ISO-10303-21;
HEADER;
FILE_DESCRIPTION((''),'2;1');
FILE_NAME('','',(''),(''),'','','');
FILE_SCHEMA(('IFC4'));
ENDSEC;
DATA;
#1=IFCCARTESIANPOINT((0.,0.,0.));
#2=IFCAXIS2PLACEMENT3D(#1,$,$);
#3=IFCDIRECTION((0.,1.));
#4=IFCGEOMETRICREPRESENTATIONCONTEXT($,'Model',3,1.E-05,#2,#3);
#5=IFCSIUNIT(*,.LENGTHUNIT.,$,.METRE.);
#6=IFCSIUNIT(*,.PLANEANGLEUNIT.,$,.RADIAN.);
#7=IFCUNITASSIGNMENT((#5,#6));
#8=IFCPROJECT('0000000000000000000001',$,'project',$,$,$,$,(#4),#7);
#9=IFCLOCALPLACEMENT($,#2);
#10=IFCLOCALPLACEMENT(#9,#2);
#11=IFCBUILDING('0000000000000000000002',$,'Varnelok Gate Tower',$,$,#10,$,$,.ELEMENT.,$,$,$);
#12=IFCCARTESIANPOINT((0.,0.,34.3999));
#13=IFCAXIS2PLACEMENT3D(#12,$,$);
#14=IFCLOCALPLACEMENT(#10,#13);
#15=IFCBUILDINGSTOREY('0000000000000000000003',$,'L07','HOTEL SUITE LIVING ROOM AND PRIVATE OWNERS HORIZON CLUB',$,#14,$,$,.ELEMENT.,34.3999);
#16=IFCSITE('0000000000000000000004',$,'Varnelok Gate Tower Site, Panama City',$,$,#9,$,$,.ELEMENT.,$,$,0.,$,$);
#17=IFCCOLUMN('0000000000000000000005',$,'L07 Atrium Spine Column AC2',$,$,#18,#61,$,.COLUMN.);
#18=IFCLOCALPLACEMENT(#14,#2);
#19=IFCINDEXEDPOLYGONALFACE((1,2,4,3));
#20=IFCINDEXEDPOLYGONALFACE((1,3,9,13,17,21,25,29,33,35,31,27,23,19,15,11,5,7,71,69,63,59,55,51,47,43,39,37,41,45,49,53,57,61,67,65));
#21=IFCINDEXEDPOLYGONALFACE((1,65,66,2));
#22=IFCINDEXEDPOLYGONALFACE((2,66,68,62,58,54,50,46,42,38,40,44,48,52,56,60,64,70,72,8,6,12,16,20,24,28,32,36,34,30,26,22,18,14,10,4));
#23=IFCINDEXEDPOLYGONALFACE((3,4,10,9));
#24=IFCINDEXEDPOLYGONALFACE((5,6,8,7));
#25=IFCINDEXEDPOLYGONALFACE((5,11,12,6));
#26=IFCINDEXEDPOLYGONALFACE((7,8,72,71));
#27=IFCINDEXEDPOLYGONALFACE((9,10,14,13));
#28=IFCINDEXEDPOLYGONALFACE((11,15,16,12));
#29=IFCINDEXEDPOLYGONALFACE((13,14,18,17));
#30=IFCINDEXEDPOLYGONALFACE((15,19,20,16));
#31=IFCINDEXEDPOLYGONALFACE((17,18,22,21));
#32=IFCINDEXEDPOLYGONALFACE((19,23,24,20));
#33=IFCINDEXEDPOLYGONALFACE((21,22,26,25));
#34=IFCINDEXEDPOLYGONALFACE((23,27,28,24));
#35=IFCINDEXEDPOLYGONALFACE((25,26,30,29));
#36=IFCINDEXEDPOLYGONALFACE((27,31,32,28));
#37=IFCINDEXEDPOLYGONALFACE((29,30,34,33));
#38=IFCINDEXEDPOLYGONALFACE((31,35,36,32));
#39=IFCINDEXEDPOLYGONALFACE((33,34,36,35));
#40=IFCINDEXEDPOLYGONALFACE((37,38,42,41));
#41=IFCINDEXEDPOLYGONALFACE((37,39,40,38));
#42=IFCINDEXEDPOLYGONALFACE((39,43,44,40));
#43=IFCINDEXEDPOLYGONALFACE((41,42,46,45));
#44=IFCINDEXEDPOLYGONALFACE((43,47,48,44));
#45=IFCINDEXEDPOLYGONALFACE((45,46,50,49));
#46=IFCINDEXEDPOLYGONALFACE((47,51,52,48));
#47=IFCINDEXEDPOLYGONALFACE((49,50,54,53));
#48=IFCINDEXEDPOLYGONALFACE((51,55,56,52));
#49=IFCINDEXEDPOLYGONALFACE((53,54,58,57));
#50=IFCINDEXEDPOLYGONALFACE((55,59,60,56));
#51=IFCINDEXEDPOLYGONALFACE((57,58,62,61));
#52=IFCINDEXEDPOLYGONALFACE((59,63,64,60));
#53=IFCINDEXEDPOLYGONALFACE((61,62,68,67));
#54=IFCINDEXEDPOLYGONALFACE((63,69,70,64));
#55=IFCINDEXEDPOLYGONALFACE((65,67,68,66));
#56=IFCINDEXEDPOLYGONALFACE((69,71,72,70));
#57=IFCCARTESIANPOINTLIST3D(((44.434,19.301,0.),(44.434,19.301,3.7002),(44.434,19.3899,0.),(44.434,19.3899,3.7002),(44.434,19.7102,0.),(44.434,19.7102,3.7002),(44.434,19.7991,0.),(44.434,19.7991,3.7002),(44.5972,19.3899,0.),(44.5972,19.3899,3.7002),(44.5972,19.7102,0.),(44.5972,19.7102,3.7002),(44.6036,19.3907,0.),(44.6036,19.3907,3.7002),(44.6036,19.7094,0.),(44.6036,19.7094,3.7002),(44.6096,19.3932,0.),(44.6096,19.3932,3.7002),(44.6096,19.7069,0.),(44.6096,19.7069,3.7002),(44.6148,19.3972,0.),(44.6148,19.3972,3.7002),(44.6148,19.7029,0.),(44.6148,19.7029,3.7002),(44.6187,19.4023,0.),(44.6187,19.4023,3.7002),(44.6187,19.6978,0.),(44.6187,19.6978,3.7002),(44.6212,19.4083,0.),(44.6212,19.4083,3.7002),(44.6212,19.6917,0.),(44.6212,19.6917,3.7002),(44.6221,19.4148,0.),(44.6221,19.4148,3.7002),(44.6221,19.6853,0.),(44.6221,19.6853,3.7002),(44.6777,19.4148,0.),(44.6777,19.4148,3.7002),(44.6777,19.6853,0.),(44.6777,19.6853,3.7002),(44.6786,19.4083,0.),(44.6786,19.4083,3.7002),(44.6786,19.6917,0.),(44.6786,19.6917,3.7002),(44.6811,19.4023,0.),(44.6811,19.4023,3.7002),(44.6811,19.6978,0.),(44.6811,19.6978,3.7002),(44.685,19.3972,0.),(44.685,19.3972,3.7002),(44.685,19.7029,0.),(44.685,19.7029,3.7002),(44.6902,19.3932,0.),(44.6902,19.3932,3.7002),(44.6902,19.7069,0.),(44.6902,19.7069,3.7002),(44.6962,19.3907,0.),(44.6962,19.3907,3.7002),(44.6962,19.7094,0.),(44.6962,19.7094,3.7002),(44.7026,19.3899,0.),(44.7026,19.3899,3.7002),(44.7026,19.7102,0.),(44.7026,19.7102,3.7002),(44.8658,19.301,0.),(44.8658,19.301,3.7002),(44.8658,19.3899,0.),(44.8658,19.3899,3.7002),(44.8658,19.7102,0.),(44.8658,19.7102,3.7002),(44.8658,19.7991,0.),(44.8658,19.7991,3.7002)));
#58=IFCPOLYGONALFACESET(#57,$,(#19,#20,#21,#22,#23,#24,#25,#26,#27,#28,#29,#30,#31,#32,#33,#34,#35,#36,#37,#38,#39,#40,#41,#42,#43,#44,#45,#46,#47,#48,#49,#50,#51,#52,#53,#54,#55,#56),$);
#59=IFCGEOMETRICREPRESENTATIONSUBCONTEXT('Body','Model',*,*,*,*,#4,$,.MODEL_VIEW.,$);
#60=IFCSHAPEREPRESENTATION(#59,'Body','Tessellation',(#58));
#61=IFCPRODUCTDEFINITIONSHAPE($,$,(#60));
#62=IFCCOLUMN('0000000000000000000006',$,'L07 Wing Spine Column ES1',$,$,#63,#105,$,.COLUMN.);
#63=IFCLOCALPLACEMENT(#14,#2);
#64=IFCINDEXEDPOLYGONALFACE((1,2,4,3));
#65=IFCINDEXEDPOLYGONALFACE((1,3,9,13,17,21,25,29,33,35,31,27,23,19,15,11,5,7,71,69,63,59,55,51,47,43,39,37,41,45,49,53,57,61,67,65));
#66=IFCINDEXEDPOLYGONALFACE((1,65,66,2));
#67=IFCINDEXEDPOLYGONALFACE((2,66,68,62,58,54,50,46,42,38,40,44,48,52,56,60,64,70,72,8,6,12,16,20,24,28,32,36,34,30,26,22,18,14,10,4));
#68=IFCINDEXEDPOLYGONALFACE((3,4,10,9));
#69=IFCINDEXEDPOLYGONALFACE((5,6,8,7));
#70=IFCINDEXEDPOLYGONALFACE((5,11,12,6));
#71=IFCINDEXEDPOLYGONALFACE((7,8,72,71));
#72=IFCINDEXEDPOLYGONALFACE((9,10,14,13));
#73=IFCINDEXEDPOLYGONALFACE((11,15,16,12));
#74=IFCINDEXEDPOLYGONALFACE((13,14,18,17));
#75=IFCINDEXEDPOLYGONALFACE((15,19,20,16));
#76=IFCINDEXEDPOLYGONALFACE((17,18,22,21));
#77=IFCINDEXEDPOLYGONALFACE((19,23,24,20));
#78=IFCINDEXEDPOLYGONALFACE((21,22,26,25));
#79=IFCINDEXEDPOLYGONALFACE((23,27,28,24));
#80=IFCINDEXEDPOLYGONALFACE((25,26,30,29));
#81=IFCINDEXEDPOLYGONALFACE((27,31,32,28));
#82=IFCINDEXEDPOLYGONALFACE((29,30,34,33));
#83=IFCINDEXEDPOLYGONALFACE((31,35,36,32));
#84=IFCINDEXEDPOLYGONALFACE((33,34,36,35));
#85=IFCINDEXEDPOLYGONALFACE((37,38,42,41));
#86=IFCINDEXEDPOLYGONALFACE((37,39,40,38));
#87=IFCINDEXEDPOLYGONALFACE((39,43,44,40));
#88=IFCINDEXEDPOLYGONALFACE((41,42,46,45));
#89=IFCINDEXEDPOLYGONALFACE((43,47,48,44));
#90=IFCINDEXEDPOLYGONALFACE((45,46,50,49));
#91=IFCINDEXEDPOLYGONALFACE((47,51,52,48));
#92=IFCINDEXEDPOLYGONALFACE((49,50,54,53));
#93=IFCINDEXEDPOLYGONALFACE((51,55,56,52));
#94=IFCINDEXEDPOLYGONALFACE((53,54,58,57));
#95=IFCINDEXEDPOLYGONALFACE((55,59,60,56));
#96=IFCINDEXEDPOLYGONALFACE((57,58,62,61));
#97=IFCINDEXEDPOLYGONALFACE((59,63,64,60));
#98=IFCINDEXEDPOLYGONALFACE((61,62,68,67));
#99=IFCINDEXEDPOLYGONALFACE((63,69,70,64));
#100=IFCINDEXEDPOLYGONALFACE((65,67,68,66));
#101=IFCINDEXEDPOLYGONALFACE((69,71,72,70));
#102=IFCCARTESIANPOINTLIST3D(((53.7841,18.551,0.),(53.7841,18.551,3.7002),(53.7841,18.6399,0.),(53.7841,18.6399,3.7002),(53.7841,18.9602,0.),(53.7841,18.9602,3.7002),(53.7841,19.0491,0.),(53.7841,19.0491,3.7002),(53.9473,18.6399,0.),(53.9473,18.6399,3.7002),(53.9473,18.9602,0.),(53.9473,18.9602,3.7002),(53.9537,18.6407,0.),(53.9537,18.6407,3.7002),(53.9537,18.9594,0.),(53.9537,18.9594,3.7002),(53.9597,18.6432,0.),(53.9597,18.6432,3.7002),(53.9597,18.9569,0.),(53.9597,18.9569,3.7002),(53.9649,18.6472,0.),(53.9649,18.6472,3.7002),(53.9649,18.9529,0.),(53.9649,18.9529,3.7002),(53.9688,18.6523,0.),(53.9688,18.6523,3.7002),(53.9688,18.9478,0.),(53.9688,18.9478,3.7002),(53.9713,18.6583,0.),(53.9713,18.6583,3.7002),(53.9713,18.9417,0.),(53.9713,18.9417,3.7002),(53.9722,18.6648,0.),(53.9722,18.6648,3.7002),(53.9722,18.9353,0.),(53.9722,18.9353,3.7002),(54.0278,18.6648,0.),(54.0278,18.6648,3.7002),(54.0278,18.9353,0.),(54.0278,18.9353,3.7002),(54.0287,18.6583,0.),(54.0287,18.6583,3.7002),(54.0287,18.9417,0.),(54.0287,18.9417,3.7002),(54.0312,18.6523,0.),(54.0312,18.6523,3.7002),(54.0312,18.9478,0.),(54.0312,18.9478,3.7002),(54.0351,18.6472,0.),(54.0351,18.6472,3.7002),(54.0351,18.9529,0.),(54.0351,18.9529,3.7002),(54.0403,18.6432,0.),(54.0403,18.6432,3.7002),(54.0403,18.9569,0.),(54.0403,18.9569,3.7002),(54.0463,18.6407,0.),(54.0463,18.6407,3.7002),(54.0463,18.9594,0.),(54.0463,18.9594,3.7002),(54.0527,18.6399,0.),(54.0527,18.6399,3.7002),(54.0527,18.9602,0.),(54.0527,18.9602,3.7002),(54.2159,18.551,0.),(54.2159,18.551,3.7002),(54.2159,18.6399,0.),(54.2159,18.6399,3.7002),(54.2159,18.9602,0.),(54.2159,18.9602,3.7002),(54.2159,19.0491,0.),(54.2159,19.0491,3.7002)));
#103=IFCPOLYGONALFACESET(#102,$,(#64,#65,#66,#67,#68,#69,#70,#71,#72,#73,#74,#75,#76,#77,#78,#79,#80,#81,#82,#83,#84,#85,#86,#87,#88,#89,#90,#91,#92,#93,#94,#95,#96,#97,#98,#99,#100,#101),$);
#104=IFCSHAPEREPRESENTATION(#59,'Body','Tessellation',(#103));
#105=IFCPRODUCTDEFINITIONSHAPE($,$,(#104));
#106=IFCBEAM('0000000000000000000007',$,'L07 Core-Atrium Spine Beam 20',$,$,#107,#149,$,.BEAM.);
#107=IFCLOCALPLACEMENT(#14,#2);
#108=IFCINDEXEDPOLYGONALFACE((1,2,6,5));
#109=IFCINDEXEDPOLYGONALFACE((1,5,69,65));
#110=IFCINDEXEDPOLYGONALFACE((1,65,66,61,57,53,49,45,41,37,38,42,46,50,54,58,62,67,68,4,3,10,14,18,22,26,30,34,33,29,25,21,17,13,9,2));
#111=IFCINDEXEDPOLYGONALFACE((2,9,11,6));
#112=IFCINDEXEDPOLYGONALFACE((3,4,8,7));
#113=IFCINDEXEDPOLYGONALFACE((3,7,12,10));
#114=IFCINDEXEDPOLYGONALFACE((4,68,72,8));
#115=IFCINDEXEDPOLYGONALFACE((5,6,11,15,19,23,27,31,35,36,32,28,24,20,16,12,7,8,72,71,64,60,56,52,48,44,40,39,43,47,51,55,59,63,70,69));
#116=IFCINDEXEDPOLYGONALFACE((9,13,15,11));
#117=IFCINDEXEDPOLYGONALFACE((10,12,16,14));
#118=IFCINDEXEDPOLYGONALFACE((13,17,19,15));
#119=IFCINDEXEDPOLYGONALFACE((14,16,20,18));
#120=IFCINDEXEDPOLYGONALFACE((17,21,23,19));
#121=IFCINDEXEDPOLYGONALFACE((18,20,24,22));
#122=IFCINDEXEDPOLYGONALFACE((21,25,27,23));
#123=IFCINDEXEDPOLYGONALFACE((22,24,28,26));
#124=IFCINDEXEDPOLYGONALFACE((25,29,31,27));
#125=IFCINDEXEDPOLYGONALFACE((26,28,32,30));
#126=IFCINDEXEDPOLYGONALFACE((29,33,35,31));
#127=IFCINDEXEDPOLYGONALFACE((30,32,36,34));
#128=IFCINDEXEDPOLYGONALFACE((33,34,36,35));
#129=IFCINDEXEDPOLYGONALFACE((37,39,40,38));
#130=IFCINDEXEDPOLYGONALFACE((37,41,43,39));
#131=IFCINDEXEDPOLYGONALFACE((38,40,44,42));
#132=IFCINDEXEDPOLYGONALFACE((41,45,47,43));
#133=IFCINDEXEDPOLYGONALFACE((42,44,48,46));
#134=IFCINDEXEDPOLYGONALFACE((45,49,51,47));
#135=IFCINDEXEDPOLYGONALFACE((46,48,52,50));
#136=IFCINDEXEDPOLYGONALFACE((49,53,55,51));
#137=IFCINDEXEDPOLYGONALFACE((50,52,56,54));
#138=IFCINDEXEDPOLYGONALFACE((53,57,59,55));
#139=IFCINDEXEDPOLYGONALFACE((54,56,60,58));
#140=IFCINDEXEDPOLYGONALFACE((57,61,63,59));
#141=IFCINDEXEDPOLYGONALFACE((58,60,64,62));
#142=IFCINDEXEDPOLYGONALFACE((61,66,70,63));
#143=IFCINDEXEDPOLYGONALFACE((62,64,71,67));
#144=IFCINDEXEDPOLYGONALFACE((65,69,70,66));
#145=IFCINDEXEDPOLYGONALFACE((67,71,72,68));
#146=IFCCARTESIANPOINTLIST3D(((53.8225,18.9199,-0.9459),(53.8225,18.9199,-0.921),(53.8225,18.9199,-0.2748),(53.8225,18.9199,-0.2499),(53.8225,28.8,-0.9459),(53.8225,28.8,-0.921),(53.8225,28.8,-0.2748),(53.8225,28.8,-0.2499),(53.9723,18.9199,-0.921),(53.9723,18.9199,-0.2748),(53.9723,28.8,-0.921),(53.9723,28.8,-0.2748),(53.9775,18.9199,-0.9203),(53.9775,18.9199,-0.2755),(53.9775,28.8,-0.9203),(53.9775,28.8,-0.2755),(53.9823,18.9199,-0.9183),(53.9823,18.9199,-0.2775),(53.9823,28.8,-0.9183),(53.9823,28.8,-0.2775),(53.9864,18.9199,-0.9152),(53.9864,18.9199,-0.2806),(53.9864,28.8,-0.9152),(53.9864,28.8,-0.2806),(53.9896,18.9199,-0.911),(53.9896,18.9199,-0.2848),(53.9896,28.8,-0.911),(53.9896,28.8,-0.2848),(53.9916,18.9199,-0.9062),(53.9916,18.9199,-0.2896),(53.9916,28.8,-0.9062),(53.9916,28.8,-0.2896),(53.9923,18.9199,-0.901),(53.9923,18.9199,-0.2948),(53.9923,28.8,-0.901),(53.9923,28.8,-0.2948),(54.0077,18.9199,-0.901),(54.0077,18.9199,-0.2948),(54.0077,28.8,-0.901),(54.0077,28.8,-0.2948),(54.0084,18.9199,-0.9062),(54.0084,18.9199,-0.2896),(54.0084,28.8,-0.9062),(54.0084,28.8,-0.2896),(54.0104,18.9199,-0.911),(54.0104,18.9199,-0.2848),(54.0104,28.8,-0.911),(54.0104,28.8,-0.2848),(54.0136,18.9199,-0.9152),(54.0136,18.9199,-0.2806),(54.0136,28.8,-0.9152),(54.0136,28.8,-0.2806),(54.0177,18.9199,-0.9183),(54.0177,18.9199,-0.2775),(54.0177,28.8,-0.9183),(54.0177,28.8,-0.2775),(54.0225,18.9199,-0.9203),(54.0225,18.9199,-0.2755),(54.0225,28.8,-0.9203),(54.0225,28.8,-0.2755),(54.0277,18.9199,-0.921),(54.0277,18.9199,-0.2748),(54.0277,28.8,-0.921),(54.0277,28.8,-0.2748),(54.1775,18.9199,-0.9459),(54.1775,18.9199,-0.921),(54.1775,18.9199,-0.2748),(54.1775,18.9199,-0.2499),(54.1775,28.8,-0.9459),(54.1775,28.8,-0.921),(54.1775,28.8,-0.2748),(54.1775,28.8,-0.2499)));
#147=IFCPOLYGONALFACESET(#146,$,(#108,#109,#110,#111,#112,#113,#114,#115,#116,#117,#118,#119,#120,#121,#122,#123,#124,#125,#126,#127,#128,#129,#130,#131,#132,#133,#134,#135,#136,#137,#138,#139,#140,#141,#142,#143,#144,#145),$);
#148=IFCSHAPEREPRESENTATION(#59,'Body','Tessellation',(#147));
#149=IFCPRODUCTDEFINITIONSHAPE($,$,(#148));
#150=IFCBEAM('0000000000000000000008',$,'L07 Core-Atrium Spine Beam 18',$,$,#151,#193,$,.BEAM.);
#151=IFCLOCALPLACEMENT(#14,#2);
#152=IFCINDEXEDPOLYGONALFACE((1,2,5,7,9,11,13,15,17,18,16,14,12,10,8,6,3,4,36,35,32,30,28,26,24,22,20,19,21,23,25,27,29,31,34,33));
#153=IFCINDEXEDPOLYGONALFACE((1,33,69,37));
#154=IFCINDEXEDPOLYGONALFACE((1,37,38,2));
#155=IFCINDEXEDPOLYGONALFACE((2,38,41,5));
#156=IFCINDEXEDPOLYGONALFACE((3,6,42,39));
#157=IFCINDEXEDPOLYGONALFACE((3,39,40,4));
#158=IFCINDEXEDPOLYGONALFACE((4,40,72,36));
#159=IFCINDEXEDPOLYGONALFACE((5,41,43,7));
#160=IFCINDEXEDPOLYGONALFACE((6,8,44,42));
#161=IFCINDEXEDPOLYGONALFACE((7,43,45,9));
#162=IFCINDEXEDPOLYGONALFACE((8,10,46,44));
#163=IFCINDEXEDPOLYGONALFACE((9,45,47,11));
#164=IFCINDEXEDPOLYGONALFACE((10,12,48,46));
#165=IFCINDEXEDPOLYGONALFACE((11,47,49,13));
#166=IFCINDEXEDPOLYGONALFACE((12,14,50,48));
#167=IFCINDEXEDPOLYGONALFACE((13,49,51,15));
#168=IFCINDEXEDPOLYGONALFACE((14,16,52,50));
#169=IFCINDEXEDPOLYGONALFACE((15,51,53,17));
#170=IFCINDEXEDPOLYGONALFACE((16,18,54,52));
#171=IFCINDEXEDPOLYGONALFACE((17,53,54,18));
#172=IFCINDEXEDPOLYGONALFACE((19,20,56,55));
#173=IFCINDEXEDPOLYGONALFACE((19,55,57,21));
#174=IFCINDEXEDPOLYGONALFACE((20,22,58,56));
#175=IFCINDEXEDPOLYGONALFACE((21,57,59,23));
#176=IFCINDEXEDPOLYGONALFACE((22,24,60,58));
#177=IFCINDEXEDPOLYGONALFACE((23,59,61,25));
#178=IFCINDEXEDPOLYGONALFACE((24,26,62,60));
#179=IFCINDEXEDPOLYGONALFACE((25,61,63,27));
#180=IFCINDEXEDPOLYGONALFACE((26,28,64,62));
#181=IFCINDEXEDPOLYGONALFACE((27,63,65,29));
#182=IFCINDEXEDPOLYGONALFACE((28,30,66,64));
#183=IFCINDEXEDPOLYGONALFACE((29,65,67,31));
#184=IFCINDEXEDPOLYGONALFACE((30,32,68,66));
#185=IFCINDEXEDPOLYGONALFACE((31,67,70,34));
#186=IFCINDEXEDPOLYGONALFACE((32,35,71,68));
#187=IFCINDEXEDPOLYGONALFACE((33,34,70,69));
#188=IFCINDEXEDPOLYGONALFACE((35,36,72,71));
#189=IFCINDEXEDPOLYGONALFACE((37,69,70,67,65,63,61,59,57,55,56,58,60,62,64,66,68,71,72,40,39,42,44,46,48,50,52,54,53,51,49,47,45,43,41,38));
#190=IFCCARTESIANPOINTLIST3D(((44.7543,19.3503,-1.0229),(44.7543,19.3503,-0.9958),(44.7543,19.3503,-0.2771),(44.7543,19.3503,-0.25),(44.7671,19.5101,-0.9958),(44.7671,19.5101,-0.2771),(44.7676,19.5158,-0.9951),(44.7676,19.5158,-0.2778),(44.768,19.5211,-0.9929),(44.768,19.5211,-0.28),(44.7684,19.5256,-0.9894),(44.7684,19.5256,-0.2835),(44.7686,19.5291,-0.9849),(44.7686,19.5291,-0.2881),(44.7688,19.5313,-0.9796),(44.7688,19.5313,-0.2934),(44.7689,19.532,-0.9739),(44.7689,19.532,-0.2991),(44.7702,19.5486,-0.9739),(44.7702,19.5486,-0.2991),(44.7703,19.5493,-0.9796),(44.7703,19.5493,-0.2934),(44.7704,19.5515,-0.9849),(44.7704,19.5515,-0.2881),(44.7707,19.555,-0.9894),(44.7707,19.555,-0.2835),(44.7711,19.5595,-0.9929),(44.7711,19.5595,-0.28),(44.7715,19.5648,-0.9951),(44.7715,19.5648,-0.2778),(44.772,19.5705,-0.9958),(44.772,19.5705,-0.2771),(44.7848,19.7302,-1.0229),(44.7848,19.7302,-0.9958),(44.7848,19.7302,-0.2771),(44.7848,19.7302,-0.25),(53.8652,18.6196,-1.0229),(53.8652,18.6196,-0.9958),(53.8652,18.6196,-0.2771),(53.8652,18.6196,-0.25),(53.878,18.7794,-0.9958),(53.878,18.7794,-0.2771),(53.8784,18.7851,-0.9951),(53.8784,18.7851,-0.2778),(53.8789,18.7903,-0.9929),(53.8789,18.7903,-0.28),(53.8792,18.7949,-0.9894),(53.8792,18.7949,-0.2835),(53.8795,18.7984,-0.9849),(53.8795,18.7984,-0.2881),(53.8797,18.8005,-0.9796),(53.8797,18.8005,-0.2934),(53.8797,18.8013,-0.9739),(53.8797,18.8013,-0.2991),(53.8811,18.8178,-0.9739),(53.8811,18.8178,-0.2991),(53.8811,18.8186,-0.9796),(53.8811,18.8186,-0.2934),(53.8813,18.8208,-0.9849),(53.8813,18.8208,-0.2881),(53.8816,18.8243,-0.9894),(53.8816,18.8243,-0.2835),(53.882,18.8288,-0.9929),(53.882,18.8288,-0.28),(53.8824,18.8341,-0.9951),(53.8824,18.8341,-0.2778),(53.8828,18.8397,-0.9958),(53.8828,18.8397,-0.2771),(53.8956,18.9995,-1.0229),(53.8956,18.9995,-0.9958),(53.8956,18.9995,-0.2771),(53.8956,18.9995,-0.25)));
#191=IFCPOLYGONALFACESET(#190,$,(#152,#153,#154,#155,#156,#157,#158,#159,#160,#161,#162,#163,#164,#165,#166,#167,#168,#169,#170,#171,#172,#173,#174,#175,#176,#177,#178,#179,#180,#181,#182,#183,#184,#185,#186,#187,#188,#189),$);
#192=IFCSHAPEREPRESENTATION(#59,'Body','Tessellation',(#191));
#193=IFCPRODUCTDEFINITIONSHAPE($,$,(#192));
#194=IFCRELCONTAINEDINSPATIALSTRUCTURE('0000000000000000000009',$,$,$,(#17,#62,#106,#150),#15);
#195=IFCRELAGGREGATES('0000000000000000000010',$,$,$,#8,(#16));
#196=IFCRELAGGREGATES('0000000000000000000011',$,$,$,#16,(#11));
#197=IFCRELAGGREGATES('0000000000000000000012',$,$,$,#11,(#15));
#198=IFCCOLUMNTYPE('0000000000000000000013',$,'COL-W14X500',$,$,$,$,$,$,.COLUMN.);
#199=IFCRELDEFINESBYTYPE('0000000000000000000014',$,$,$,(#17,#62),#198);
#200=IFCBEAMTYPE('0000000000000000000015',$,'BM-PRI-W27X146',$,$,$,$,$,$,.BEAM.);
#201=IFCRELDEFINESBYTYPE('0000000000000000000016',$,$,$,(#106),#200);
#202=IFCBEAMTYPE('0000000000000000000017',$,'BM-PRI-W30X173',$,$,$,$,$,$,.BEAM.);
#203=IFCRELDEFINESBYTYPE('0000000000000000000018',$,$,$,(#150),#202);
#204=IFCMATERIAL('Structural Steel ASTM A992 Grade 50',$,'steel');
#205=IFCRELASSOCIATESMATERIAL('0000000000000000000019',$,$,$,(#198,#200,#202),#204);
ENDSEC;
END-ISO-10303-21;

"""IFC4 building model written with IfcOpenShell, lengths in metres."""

from ifc_helpers import new_model, si_unit, direction, frame, origin, origin_2d, place, context, subcontext, project, spatial, i_section, extrude, material, material_profile, profile_set, type_object, element, save


model = new_model("IFC4")

# Units and contexts
model_context = context("Model", 3, precision=1e-05, world=origin(), true_north=direction((0.0, 1.0)))
body_context = subcontext(model_context, "Body", "Model", "MODEL_VIEW")
ifc_project = project(units=[si_unit("LENGTHUNIT", "METRE"), si_unit("PLANEANGLEUNIT", "RADIAN")], contexts=[model_context])

# Site, building, storey
site_placement = place(None, origin())
site = spatial("IfcSite", under=ifc_project, at=site_placement, Name="Varnelok Gate Tower Site, Panama City", CompositionType="ELEMENT", RefElevation=0.0)
building_placement = place(site_placement, origin())
building = spatial("IfcBuilding", under=site, at=building_placement, Name="Varnelok Gate Tower", CompositionType="ELEMENT")
storey_placement = place(building_placement, frame((0.0, 0.0, 34.3999)))
storey = spatial("IfcBuildingStorey", under=building, at=storey_placement, Name="L07", Description="HOTEL SUITE LIVING ROOM AND PRIVATE OWNERS HORIZON CLUB", CompositionType="ELEMENT", Elevation=34.3999)

# Columns
ifc_material_1 = material(Name="Structural Steel ASTM A992 Grade 50", Category="steel")
ifc_material_profile_1 = material_profile(ifc_material_1, i_section(OverallWidth=0.4319, OverallDepth=0.498, WebThickness=0.0557, FlangeThickness=0.0889, FilletRadius=0.0249, at=origin_2d()), Name="W14X500")
ifc_profile_set_1 = profile_set([ifc_material_profile_1], Name="Structural Steel ASTM A992 Grade 50")
column_type = type_object("IfcColumnType", Name="COL-W14X500", PredefinedType="COLUMN", material=ifc_profile_set_1)
for number, where, z_axis, x_axis, name in (
    (1, (44.6499, 19.55, 0.0), (0.0, 0.0, 1.0), (1.0, 0.0, 0.0), "L07 Atrium Spine Column AC2"),
    (2, (54.0, 18.8, 0.0), (0.0, 0.0, 1.0), (1.0, 0.0, 0.0), "L07 Wing Spine Column ES1"),
):
    element("IfcColumn", number, at=place(storey_placement, frame(where, z_axis=z_axis, x_axis=x_axis)), inside=storey, type_object=column_type, Name=name, PredefinedType="COLUMN", context=body_context, shape_type="SweptSolid", body=[
        extrude(i_section(OverallWidth=0.4319, OverallDepth=0.498, WebThickness=0.0557, FlangeThickness=0.0889, FilletRadius=0.0249, at=origin_2d()), origin(), (0.0, 0.0, 1.0), 3.7002),
    ])

# Beams
ifc_material_profile_2 = material_profile(ifc_material_1, i_section(OverallWidth=0.355, OverallDepth=0.696, WebThickness=0.0154, FlangeThickness=0.0249, FilletRadius=0.02, at=origin_2d()), Name="W27X146")
ifc_profile_set_2 = profile_set([ifc_material_profile_2], Name="Structural Steel ASTM A992 Grade 50")
beam_type_1 = type_object("IfcBeamType", Name="BM-PRI-W27X146", PredefinedType="BEAM", material=ifc_profile_set_2)
beam_1_placement = place(storey_placement, frame((54.0, 18.9199, -0.5979), z_axis=(0.0, 1.0, 0.0), x_axis=(-1.0, 0.0, 0.0)))
element("IfcBeam", 3, at=beam_1_placement, inside=storey, type_object=beam_type_1, Name="L07 Core-Atrium Spine Beam 20", PredefinedType="BEAM", context=body_context, shape_type="SweptSolid", body=[
    extrude(i_section(OverallWidth=0.355, OverallDepth=0.696, WebThickness=0.0154, FlangeThickness=0.0249, FilletRadius=0.02, at=origin_2d()), origin(), (0.0, 0.0, 1.0), 9.8801),
])
ifc_material_profile_3 = material_profile(ifc_material_1, i_section(OverallWidth=0.3811, OverallDepth=0.7729, WebThickness=0.0166, FlangeThickness=0.0271, FilletRadius=0.022, at=origin_2d()), Name="W30X173")
ifc_profile_set_3 = profile_set([ifc_material_profile_3], Name="Structural Steel ASTM A992 Grade 50")
beam_type_2 = type_object("IfcBeamType", Name="BM-PRI-W30X173", PredefinedType="BEAM", material=ifc_profile_set_3)
beam_2_placement = place(storey_placement, frame((44.7695, 19.5403, -0.6365), z_axis=(0.996799, -0.079946, 0.0), x_axis=(0.079946, 0.996799, 0.0)))
element("IfcBeam", 4, at=beam_2_placement, inside=storey, type_object=beam_type_2, Name="L07 Core-Atrium Spine Beam 18", PredefinedType="BEAM", context=body_context, shape_type="SweptSolid", body=[
    extrude(i_section(OverallWidth=0.3811, OverallDepth=0.7729, WebThickness=0.0166, FlangeThickness=0.0271, FilletRadius=0.022, at=origin_2d()), origin(), (0.0, 0.0, 1.0), 9.1401),
])

save(model, "model.ifc")
